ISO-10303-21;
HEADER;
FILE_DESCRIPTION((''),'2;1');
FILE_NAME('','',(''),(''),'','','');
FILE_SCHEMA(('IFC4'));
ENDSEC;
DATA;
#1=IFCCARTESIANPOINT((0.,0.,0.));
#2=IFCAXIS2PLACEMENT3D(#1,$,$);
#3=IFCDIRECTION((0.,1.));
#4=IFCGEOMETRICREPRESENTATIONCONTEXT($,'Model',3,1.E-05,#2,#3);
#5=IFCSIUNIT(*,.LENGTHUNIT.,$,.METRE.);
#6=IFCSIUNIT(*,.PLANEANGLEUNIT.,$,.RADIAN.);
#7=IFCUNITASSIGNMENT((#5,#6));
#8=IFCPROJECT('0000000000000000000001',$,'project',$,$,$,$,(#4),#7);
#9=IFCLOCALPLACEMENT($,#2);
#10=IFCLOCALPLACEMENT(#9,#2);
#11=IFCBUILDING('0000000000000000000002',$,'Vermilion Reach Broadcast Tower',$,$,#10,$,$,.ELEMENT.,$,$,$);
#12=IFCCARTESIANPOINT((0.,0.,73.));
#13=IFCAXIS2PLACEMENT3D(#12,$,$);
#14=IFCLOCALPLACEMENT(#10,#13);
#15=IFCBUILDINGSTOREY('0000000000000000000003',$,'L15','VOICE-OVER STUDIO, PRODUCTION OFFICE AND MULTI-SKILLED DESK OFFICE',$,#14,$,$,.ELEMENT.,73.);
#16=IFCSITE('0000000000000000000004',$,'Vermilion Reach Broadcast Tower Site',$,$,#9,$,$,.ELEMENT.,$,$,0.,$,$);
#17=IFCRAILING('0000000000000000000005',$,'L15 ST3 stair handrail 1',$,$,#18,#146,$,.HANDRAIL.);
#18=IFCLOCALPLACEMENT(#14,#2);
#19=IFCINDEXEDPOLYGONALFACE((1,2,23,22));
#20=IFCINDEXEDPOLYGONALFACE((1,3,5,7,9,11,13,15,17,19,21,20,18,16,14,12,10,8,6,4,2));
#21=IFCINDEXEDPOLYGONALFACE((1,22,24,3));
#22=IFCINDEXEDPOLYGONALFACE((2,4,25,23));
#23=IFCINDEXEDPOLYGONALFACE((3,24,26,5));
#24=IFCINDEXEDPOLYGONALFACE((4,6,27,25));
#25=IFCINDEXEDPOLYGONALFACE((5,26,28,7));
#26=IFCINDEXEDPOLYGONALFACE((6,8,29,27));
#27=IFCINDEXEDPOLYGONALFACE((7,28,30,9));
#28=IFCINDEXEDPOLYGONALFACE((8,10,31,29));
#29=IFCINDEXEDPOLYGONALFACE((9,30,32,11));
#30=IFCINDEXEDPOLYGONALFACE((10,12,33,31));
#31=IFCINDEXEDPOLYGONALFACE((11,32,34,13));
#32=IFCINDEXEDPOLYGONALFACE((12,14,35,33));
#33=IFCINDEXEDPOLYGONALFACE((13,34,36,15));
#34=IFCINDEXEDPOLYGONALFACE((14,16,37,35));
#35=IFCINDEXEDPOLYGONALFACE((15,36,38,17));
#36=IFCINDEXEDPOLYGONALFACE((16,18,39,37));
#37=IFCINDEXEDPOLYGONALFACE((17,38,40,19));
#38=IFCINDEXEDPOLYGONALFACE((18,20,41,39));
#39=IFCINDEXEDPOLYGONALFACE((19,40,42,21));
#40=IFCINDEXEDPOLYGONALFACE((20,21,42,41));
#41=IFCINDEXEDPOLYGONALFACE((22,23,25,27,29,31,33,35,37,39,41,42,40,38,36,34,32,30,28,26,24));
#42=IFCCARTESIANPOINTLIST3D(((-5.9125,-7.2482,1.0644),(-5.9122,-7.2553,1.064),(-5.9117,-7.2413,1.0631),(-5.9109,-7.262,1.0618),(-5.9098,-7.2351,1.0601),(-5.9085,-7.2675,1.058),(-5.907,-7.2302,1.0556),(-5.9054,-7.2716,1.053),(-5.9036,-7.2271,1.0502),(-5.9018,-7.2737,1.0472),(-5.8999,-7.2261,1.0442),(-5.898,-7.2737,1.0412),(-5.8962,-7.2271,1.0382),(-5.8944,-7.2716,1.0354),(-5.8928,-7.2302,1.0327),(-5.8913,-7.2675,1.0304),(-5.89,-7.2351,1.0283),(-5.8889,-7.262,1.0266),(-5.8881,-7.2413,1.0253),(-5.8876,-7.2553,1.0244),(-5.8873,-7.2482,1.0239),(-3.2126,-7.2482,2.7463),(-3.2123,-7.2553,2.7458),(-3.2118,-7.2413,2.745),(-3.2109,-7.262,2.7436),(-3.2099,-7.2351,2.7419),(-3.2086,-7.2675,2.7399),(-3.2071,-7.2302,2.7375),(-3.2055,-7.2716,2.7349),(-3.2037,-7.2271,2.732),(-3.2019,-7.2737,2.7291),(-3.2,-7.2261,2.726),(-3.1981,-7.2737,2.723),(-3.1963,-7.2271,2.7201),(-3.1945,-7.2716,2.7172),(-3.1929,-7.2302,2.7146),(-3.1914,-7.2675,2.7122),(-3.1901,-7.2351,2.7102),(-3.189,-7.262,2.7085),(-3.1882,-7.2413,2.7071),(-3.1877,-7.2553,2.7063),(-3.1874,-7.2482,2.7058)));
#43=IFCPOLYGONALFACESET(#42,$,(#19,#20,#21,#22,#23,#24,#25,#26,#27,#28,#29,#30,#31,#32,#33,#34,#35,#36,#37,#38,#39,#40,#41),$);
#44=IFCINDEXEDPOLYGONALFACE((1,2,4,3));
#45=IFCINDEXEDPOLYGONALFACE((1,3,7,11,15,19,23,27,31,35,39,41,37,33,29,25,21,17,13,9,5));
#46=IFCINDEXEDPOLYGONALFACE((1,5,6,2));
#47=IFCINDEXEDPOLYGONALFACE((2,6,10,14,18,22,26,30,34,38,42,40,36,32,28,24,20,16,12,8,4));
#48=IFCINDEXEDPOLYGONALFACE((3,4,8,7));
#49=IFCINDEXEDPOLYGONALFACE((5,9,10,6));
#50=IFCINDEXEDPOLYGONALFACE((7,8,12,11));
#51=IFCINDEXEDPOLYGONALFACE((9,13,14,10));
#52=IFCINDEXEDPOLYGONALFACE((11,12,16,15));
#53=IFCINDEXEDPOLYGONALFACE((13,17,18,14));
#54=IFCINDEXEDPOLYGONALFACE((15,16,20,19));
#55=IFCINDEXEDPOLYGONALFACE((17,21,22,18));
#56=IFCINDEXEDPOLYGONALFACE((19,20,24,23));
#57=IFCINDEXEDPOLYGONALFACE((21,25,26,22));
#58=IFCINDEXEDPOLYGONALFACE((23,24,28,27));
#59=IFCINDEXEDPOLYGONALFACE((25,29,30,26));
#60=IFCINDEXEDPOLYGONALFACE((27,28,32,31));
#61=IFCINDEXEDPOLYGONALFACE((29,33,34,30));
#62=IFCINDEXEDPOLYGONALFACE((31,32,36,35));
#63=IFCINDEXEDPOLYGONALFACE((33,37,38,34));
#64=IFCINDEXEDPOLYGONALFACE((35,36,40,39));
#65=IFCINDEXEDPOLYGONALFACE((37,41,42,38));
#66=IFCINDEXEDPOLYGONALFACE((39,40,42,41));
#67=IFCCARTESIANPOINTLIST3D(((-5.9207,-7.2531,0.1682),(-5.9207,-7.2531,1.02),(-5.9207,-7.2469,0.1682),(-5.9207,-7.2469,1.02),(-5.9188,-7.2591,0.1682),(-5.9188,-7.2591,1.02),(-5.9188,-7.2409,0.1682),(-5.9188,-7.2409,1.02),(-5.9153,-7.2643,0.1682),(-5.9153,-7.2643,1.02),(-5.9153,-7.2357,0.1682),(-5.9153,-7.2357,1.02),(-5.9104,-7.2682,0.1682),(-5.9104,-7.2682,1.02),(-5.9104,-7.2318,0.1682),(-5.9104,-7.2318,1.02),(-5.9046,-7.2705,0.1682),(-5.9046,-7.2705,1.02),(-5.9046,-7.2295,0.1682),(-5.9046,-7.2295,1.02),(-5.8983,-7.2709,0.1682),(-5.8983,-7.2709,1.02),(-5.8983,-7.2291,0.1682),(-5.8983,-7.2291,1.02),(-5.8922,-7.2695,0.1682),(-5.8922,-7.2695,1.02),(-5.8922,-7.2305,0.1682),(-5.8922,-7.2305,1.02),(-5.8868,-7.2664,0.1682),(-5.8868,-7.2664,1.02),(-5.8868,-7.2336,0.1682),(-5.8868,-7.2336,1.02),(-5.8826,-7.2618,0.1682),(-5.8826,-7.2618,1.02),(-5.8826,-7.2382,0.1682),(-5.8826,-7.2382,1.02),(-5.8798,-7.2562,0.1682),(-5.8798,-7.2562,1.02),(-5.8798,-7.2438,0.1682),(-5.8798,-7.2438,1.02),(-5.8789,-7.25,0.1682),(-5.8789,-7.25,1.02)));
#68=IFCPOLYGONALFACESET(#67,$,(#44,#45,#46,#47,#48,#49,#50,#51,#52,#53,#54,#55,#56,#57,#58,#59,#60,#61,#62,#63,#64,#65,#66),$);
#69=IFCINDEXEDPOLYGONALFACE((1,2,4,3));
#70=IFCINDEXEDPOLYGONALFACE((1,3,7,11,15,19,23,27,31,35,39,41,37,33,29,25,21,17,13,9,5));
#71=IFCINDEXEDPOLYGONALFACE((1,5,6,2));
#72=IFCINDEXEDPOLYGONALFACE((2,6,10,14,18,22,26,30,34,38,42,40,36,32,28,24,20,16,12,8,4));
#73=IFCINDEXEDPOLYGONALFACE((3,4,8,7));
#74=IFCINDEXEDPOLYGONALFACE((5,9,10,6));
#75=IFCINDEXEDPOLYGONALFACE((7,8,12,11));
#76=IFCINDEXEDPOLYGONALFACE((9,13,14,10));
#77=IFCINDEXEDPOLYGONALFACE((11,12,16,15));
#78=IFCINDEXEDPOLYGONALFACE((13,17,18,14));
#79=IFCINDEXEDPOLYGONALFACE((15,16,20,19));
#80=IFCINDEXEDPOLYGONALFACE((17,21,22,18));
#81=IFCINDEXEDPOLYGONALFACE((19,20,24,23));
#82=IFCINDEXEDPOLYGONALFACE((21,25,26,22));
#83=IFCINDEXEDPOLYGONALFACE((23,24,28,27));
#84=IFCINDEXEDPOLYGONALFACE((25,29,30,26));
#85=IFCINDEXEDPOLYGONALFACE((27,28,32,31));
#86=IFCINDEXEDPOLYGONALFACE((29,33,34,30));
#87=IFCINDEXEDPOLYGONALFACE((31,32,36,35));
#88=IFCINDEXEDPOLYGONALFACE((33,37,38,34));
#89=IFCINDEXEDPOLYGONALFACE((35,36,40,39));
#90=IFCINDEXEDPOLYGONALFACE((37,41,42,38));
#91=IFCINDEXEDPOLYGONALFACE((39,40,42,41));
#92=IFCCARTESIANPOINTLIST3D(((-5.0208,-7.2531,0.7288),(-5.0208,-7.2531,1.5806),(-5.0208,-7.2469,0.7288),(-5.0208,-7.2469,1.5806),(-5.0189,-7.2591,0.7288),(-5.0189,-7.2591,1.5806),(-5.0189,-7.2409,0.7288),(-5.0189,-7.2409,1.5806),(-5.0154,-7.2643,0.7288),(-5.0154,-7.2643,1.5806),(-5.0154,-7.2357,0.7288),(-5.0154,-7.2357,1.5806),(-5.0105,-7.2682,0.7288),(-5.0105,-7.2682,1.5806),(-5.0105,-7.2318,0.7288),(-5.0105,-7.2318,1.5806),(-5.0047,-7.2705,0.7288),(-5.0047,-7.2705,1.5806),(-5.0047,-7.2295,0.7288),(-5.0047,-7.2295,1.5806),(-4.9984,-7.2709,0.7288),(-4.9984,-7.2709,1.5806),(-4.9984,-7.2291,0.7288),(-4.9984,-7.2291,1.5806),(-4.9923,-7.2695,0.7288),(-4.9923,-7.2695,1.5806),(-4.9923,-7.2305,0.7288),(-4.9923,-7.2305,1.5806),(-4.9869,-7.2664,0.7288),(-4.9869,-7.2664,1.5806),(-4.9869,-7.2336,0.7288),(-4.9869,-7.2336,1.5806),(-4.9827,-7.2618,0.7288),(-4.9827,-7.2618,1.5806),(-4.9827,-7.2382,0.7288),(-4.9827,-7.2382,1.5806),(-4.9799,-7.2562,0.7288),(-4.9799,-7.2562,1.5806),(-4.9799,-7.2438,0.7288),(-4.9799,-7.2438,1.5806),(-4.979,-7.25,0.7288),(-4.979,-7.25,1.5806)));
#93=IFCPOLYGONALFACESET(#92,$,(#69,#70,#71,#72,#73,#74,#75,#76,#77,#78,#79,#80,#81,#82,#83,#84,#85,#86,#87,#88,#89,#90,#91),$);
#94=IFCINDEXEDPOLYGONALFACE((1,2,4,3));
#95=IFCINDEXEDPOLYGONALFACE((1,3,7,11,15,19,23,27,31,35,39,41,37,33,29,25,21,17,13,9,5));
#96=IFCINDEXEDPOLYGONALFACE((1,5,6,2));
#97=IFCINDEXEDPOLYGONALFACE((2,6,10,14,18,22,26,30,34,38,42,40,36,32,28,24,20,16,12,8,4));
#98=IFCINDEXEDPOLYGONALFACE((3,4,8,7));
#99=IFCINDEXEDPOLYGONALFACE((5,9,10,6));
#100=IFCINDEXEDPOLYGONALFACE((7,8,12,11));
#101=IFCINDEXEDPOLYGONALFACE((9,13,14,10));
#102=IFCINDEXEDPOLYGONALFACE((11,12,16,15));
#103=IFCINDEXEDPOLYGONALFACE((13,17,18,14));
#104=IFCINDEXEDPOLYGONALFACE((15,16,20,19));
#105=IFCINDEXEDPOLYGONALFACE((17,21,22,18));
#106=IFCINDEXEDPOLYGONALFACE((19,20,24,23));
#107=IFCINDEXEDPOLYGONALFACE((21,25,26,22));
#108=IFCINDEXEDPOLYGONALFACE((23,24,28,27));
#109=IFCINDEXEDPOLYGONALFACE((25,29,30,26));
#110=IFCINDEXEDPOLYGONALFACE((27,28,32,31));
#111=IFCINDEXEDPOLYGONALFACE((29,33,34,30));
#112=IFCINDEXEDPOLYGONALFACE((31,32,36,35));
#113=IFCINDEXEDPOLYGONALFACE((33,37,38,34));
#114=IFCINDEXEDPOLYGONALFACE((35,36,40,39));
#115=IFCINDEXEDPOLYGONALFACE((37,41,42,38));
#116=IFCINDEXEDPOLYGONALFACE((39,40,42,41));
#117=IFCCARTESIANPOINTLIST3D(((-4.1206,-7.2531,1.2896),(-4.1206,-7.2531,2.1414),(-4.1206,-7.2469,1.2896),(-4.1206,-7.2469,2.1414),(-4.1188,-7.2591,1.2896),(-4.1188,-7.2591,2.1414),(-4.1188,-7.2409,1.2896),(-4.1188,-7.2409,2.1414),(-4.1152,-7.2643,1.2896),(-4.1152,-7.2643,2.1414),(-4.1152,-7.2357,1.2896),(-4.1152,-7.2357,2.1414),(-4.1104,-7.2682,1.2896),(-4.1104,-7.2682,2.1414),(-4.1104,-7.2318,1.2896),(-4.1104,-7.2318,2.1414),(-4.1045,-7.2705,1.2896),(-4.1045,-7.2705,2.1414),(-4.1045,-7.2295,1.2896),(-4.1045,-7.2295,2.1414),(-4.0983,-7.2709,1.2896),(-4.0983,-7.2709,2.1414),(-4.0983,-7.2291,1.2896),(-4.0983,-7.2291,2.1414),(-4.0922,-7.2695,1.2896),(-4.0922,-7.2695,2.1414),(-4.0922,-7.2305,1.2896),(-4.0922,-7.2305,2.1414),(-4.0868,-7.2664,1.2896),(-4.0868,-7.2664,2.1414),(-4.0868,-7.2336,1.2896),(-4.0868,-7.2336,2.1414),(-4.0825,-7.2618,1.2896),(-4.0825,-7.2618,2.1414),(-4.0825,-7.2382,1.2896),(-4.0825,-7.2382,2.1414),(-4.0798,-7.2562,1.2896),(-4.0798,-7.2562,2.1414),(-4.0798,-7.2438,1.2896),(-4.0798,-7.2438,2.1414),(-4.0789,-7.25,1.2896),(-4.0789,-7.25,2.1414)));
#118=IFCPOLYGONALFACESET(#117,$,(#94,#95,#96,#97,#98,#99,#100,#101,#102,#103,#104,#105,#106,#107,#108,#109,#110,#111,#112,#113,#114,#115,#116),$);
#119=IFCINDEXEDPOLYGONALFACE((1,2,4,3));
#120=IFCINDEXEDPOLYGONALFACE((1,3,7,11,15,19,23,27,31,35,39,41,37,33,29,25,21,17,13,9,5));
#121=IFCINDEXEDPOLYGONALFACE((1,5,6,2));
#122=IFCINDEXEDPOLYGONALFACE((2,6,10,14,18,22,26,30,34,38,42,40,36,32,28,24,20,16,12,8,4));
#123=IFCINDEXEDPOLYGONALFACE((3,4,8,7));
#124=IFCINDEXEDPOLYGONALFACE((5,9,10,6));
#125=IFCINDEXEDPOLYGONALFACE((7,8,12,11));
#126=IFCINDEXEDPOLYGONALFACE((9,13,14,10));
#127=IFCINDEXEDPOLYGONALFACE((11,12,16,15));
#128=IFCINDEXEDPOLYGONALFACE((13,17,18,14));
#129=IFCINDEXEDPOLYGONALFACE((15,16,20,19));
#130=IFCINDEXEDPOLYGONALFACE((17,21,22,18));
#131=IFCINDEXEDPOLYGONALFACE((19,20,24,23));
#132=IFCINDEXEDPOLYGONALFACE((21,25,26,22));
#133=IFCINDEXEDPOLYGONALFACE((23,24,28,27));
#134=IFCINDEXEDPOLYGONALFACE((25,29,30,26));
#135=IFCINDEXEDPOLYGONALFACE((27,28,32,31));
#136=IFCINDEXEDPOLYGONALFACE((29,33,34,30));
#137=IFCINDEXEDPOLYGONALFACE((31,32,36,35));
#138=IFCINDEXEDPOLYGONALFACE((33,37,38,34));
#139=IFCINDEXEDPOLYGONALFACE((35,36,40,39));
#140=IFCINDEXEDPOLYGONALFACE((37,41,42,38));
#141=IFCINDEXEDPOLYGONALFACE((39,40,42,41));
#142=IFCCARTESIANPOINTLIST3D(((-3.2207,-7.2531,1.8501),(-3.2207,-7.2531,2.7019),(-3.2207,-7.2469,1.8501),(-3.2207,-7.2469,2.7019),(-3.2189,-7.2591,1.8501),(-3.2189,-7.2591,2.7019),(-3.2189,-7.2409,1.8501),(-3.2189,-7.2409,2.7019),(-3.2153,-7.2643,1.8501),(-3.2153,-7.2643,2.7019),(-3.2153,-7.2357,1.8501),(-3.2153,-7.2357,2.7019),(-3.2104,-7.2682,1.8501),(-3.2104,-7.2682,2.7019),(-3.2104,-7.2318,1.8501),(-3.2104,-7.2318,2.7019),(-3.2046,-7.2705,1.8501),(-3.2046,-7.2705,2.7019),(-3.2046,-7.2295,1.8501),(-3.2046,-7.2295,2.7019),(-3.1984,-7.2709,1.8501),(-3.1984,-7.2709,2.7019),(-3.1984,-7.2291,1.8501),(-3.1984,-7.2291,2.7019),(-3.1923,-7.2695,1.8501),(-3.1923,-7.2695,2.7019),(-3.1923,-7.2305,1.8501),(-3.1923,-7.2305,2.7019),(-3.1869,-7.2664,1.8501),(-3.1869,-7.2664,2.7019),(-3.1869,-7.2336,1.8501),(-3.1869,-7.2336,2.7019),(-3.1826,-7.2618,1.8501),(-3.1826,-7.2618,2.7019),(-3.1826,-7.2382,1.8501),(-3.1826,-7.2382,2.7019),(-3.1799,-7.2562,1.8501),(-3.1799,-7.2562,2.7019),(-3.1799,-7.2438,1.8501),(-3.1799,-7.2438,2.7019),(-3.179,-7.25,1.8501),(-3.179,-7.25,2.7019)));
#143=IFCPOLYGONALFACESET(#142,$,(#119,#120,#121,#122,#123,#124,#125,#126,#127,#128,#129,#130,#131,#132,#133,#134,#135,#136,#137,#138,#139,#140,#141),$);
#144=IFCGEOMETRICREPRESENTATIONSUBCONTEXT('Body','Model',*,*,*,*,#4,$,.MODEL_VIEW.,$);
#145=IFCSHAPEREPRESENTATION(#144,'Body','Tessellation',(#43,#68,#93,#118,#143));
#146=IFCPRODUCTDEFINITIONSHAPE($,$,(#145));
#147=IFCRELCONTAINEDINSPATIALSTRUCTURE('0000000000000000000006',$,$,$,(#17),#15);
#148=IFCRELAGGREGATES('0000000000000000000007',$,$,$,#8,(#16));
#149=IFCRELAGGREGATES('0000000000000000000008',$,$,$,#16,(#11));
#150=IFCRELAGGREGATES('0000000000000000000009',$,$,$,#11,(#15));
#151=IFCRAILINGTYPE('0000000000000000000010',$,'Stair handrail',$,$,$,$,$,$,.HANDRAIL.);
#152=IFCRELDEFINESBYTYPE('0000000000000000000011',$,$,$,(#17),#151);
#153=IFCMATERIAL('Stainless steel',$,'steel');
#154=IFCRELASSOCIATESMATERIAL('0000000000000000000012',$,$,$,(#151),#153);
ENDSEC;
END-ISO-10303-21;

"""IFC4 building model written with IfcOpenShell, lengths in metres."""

from ifc_helpers import new_model, si_unit, direction, frame, origin, origin_2d, place, context, subcontext, project, spatial, circle, extrude, material, type_object, element, save


model = new_model("IFC4")

# Units and contexts
model_context = context("Model", 3, precision=1e-05, world=origin(), true_north=direction((0.0, 1.0)))
body_context = subcontext(model_context, "Body", "Model", "MODEL_VIEW")
ifc_project = project(units=[si_unit("LENGTHUNIT", "METRE"), si_unit("PLANEANGLEUNIT", "RADIAN")], contexts=[model_context])

# Site, building, storey
site_placement = place(None, origin())
site = spatial("IfcSite", under=ifc_project, at=site_placement, Name="Vermilion Reach Broadcast Tower Site", CompositionType="ELEMENT", RefElevation=0.0)
building_placement = place(site_placement, origin())
building = spatial("IfcBuilding", under=site, at=building_placement, Name="Vermilion Reach Broadcast Tower", CompositionType="ELEMENT")
storey_placement = place(building_placement, frame((0.0, 0.0, 73.0)))
storey = spatial("IfcBuildingStorey", under=building, at=storey_placement, Name="L15", Description="VOICE-OVER STUDIO, PRODUCTION OFFICE AND MULTI-SKILLED DESK OFFICE", CompositionType="ELEMENT", Elevation=73.0)

# Railing
ifc_material_1 = material(Name="Stainless steel", Category="steel")
railing_type_1 = type_object("IfcRailingType", Name="Stair handrail", PredefinedType="HANDRAIL", material=ifc_material_1)
railing_1_placement = place(storey_placement, frame((-5.8999, -7.25, 0.1682)))
element("IfcRailing", 1, at=railing_1_placement, inside=storey, type_object=railing_type_1, Name="L15 ST3 stair handrail 1", PredefinedType="HANDRAIL", context=body_context, shape_type="SweptSolid", body=[
    extrude(circle(Radius=0.0239, at=origin_2d()), frame((0.0, 0.0, 0.876), z_axis=(0.848786, 0.0, 0.528736), x_axis=(0.0, 1.0, 0.0)), (0.0, 0.0, 1.0), 3.1809),
    extrude(circle(Radius=0.021, at=origin_2d()), origin(), (0.0, 0.0, 1.0), 0.8518),
    extrude(circle(Radius=0.021, at=origin_2d()), frame((0.8999, 0.0, 0.5605)), (0.0, 0.0, 1.0), 0.8518),
    extrude(circle(Radius=0.021, at=origin_2d()), frame((1.8, 0.0, 1.1213)), (0.0, 0.0, 1.0), 0.8518),
    extrude(circle(Radius=0.021, at=origin_2d()), frame((2.7, 0.0, 1.6819)), (0.0, 0.0, 1.0), 0.8518),
])

save(model, "model.ifc")
